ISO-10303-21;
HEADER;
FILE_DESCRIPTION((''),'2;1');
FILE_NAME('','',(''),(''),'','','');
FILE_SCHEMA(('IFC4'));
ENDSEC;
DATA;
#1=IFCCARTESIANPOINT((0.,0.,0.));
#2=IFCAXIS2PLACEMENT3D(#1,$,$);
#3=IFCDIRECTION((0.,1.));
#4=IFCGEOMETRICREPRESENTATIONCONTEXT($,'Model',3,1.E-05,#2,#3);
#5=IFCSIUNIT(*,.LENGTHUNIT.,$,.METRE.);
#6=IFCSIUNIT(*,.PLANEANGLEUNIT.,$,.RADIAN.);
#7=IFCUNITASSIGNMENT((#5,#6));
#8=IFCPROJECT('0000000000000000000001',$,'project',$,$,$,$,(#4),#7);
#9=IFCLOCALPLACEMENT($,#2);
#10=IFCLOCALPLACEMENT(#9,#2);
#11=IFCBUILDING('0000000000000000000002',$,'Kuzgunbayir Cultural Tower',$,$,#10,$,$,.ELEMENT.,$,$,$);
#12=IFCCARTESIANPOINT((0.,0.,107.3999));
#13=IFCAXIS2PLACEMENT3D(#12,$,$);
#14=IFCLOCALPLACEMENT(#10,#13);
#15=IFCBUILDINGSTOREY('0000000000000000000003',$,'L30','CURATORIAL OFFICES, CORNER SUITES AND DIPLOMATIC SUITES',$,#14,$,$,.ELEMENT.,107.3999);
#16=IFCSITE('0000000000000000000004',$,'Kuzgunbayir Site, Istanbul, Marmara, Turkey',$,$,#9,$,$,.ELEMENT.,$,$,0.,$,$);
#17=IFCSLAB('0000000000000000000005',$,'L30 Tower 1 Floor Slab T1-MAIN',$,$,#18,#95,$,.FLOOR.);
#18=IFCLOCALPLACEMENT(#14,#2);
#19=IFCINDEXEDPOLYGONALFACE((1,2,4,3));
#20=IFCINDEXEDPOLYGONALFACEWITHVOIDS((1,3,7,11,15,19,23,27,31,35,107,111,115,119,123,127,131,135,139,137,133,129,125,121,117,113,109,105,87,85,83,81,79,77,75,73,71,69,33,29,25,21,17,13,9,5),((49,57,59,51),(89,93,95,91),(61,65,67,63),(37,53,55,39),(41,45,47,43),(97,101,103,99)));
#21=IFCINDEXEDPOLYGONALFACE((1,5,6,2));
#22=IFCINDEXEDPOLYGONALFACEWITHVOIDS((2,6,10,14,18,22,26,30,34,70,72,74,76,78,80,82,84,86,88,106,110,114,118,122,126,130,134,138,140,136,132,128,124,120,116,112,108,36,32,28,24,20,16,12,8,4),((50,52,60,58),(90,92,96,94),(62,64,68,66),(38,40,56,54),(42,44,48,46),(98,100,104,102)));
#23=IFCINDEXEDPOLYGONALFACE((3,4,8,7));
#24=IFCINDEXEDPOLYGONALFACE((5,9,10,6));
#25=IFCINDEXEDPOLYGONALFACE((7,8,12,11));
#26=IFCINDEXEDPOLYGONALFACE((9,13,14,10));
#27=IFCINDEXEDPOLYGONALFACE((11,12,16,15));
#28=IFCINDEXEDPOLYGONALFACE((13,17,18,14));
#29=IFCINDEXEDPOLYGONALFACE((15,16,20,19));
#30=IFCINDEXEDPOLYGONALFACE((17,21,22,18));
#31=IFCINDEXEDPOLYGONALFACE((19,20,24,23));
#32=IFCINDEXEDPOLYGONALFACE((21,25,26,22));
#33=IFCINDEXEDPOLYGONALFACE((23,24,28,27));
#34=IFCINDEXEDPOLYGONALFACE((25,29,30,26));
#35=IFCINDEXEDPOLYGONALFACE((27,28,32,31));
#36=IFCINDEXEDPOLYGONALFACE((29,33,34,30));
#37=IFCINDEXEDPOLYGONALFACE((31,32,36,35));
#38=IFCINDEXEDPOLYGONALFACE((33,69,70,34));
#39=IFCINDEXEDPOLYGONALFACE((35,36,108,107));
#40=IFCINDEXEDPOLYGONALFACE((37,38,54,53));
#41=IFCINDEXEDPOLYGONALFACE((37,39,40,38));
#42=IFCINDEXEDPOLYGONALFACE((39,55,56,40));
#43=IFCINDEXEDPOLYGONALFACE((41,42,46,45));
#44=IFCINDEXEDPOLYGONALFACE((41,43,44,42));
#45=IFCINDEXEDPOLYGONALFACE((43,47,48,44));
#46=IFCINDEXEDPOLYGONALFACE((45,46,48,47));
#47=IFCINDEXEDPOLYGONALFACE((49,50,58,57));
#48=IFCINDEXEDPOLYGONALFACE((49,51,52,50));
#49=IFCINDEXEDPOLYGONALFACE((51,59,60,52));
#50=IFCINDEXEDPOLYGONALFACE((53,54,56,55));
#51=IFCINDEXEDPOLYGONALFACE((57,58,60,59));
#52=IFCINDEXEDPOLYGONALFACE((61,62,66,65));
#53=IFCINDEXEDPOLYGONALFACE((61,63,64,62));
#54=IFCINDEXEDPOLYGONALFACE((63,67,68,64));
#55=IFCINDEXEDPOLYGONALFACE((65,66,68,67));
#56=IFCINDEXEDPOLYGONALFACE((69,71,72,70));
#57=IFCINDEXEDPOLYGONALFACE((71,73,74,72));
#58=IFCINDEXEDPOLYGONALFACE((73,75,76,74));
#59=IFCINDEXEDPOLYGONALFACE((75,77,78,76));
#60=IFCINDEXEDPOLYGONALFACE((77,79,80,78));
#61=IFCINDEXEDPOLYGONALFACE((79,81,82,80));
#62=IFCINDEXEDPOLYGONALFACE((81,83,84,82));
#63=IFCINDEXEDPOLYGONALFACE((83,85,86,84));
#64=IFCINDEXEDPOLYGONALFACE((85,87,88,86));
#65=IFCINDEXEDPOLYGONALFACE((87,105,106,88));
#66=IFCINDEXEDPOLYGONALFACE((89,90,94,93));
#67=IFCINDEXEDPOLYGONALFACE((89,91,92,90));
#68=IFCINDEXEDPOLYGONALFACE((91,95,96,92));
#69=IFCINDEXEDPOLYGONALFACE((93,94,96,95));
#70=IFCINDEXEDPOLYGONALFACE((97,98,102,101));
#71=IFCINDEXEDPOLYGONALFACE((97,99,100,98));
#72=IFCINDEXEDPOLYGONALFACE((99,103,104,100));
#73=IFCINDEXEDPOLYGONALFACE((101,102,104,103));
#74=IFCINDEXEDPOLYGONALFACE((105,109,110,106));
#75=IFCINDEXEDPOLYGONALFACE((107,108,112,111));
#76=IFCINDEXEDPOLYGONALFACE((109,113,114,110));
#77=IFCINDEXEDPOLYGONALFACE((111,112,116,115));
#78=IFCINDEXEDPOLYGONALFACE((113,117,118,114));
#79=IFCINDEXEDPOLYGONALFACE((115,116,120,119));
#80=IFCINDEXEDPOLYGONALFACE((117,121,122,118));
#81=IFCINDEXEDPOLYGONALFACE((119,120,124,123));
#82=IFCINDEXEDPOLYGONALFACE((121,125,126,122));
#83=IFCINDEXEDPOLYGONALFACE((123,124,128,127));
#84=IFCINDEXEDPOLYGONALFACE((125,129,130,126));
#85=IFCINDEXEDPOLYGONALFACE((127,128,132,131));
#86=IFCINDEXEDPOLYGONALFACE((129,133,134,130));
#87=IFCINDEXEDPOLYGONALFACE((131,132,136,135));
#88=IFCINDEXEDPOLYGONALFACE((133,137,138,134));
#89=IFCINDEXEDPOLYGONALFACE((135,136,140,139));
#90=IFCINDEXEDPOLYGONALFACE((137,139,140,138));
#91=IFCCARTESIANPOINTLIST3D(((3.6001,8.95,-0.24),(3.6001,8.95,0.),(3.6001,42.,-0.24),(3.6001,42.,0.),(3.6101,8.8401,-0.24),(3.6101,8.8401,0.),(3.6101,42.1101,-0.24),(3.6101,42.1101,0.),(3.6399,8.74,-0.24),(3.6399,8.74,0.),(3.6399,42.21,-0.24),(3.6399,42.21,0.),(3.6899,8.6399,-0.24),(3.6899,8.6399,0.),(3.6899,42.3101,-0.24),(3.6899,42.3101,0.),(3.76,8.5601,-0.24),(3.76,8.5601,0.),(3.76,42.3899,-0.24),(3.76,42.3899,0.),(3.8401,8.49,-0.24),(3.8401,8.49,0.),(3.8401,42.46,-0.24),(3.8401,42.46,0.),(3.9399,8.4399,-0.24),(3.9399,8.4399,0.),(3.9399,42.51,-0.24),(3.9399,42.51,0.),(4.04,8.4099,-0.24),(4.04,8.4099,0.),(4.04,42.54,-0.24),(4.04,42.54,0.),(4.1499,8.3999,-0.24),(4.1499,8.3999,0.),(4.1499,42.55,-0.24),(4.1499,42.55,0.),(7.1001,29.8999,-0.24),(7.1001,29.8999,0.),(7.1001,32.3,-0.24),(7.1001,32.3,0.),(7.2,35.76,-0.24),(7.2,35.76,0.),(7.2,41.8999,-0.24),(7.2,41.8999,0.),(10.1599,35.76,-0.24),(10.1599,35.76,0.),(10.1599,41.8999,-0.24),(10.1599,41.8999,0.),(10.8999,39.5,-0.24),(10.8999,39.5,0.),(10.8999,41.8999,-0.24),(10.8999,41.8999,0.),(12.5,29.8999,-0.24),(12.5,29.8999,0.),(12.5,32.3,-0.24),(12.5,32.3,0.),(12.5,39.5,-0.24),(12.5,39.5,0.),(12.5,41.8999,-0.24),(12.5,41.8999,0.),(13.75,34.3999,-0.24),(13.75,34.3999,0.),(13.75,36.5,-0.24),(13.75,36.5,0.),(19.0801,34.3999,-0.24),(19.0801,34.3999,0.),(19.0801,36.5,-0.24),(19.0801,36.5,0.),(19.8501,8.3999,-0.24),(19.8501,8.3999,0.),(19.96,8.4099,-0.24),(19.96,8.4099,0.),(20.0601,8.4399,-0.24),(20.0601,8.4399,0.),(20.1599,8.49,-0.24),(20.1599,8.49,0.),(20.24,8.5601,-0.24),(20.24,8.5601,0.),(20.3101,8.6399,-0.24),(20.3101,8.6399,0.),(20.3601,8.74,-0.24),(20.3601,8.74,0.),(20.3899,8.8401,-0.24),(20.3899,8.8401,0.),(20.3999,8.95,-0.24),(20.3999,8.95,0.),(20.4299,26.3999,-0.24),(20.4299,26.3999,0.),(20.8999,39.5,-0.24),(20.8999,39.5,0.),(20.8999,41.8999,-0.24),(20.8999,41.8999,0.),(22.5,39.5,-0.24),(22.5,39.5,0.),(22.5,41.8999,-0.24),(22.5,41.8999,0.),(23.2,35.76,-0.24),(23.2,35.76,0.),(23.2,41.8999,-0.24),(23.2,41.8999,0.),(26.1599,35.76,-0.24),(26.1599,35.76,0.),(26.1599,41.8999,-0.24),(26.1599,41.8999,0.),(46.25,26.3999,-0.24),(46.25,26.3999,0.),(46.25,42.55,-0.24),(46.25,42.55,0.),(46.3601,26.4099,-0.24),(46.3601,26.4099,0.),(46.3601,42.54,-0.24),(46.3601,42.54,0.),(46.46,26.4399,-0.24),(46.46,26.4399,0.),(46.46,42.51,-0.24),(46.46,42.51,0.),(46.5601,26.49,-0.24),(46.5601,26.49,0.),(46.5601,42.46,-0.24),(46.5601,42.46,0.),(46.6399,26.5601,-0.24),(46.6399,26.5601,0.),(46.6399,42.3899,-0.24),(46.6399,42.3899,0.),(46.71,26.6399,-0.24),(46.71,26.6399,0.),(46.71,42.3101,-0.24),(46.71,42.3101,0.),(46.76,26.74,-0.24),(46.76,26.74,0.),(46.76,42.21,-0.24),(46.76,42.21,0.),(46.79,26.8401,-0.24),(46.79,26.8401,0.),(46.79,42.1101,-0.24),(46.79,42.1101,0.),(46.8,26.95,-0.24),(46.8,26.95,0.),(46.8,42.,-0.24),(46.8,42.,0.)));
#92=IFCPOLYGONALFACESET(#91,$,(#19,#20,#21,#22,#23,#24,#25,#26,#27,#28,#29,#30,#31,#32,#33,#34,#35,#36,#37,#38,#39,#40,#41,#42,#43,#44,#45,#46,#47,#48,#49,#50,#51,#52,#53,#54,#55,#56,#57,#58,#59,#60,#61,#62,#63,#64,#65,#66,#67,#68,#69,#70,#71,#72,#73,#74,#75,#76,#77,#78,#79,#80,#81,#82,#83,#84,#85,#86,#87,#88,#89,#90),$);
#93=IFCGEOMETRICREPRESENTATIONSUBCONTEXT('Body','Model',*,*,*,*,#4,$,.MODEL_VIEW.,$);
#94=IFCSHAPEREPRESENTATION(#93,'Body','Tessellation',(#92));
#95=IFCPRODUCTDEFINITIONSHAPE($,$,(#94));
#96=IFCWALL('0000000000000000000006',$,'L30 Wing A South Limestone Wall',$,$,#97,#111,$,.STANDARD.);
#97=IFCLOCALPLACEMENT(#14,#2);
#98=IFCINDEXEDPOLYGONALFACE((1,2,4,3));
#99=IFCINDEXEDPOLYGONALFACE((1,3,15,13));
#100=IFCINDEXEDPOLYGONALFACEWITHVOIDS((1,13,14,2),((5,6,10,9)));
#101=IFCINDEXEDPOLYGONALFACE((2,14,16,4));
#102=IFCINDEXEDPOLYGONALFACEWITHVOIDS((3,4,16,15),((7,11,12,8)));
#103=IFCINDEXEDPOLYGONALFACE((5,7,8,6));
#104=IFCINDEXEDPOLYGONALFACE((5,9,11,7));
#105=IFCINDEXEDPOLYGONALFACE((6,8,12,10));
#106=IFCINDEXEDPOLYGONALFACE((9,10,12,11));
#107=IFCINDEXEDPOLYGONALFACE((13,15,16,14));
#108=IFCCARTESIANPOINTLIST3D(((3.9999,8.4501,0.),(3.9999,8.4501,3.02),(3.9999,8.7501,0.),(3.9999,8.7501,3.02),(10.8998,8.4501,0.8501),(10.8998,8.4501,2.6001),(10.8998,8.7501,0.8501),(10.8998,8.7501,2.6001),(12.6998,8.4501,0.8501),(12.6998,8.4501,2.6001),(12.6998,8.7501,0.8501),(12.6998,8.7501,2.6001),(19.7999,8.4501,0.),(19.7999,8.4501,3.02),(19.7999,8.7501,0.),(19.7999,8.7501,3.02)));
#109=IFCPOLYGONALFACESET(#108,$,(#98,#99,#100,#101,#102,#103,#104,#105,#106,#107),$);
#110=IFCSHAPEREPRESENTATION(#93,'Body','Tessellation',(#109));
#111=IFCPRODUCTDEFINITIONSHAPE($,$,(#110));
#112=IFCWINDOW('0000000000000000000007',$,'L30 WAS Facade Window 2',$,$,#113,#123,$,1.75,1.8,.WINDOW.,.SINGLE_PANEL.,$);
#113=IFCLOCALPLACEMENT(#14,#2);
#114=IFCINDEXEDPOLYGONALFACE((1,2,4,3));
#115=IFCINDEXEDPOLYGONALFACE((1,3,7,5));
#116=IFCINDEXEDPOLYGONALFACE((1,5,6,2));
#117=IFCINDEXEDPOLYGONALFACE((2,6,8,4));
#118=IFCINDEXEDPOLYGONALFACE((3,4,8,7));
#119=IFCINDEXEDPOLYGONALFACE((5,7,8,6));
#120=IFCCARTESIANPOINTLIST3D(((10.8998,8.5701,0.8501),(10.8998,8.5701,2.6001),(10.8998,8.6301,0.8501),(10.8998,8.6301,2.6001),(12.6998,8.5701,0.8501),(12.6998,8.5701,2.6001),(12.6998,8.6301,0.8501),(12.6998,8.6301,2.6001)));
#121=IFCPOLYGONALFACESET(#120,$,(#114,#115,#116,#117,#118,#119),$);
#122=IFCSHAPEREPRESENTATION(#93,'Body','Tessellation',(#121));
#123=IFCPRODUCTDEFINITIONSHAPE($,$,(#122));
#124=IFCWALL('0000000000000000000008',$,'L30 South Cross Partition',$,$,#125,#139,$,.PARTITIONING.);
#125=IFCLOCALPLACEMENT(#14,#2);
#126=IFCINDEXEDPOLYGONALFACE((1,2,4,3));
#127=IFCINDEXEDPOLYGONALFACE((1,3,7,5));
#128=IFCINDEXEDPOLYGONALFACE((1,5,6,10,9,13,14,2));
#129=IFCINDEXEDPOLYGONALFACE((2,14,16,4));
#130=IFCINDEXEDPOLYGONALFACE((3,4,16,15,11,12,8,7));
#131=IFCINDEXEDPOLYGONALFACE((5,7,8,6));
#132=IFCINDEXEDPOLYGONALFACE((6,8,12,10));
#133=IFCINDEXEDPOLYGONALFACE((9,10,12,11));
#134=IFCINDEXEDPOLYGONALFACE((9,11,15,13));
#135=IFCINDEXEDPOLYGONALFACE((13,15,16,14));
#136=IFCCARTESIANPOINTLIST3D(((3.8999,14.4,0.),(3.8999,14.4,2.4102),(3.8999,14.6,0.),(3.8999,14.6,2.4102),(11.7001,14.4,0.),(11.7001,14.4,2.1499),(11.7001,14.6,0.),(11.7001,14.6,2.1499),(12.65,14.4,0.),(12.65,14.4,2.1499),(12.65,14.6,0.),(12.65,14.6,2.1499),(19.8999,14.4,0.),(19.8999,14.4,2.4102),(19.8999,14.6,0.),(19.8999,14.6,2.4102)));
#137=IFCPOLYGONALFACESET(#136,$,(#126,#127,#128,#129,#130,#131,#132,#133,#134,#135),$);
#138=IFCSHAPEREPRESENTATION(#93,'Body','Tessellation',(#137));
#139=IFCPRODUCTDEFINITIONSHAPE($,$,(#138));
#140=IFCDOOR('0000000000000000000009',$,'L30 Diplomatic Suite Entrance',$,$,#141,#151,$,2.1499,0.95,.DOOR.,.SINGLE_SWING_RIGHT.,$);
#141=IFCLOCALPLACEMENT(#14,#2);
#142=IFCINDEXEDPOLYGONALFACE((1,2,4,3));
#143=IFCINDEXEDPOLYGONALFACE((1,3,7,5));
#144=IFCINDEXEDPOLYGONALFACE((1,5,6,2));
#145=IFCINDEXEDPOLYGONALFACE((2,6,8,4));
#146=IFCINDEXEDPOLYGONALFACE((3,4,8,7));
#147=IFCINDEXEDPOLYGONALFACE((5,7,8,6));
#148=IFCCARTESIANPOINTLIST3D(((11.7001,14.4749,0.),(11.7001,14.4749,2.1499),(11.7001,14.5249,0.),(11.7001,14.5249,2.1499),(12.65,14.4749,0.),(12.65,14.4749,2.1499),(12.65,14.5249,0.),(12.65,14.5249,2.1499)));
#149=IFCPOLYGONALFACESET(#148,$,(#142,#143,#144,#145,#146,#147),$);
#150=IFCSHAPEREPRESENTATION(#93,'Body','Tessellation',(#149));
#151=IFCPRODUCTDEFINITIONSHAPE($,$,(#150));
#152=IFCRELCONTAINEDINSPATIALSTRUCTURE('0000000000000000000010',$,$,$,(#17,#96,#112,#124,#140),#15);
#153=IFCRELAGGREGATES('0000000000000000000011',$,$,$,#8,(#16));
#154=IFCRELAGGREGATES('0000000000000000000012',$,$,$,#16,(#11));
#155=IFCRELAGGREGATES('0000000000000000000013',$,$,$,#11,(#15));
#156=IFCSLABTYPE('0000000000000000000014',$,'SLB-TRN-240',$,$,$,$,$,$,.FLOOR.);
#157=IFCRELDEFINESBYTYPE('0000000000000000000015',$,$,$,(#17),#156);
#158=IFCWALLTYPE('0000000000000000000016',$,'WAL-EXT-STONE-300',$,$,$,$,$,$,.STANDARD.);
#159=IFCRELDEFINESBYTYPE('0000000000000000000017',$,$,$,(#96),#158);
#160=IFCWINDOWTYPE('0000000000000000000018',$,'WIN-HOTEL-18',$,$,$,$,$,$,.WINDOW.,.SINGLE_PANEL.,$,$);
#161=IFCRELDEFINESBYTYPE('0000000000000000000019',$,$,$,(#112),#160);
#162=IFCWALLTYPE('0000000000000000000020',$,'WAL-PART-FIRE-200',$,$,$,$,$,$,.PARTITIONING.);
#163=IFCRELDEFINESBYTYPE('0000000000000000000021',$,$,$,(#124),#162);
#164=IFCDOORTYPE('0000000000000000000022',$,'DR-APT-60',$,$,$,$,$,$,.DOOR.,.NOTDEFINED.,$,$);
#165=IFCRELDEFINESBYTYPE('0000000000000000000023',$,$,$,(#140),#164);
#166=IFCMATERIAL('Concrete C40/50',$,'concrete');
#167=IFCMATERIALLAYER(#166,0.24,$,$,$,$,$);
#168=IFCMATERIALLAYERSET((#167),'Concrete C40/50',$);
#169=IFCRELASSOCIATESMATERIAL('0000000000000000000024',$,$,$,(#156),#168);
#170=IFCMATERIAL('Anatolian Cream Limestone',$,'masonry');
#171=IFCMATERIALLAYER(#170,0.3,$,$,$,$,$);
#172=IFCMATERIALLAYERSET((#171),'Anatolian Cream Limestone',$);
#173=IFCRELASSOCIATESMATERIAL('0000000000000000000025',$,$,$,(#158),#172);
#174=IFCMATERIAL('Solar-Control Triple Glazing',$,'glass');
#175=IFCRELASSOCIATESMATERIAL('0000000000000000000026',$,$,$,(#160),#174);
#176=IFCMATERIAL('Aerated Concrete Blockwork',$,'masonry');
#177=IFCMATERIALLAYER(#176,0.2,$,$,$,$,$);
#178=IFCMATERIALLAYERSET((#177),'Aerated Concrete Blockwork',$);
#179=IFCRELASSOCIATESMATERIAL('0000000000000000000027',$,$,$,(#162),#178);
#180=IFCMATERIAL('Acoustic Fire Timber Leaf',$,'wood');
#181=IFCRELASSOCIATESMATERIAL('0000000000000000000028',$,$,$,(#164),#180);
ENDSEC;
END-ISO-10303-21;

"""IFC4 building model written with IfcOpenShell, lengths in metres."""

from ifc_helpers import new_model, si_unit, direction, frame, frame_2d, origin, place, context, subcontext, project, spatial, polyline, rectangle, outline, extrude, material, layer, layer_set, type_object, element, fill, save


model = new_model("IFC4")

# Units and contexts
model_context = context("Model", 3, precision=1e-05, world=origin(), true_north=direction((0.0, 1.0)))
body_context = subcontext(model_context, "Body", "Model", "MODEL_VIEW")
ifc_project = project(units=[si_unit("LENGTHUNIT", "METRE"), si_unit("PLANEANGLEUNIT", "RADIAN")], contexts=[model_context])

# Site, building, storey
site_placement = place(None, origin())
site = spatial("IfcSite", under=ifc_project, at=site_placement, Name="Kuzgunbayir Site, Istanbul, Marmara, Turkey", CompositionType="ELEMENT", RefElevation=0.0)
building_placement = place(site_placement, origin())
building = spatial("IfcBuilding", under=site, at=building_placement, Name="Kuzgunbayir Cultural Tower", CompositionType="ELEMENT")
storey_placement = place(building_placement, frame((0.0, 0.0, 107.3999)))
storey = spatial("IfcBuildingStorey", under=building, at=storey_placement, Name="L30", Description="CURATORIAL OFFICES, CORNER SUITES AND DIPLOMATIC SUITES", CompositionType="ELEMENT", Elevation=107.3999)

# Shared definitions
ifc_material_1 = material(Name="Concrete C40/50", Category="concrete")

# Shared definitions
ifc_material_2 = material(Name="Solar-Control Triple Glazing", Category="glass")

# Slab
ifc_layer_1 = layer(ifc_material_1, 0.24)
ifc_layer_set_1 = layer_set([ifc_layer_1], Name="Concrete C40/50")
slab_type_1 = type_object("IfcSlabType", Name="SLB-TRN-240", PredefinedType="FLOOR", material=ifc_layer_set_1)
slab_1_placement = place(storey_placement, frame((0.0, 0.0, -0.24)))
element("IfcSlab", 1, at=slab_1_placement, inside=storey, type_object=slab_type_1, Name="L30 Tower 1 Floor Slab T1-MAIN", PredefinedType="FLOOR", context=body_context, shape_type="SweptSolid", body=[
    extrude(outline(polyline([(20.3999, 8.95), (20.3899, 8.8401), (20.3601, 8.74), (20.3101, 8.6399), (20.24, 8.5601), (20.1599, 8.49), (20.0601, 8.4399), (19.96, 8.4099), (19.8501, 8.3999), (4.1499, 8.3999), (4.04, 8.4099), (3.9399, 8.4399), (3.8401, 8.49), (3.76, 8.5601), (3.6899, 8.6399), (3.6399, 8.74), (3.6101, 8.8401), (3.6001, 8.95), (3.6001, 42.0), (3.6101, 42.1101), (3.6399, 42.21), (3.6899, 42.3101), (3.76, 42.3899), (3.8401, 42.46), (3.9399, 42.51), (4.04, 42.54), (4.1499, 42.55), (46.25, 42.55), (46.3601, 42.54), (46.46, 42.51), (46.5601, 42.46), (46.6399, 42.3899), (46.71, 42.3101), (46.76, 42.21), (46.79, 42.1101), (46.8, 42.0), (46.8, 26.95), (46.79, 26.8401), (46.76, 26.74), (46.71, 26.6399), (46.6399, 26.5601), (46.5601, 26.49), (46.46, 26.4399), (46.3601, 26.4099), (46.25, 26.3999), (20.4299, 26.3999), (20.3999, 8.95)]), holes=[polyline([(7.2, 35.76), (7.2, 41.8999), (10.1599, 41.8999), (10.1599, 35.76), (7.2, 35.76)]), polyline([(23.2, 35.76), (23.2, 41.8999), (26.1599, 41.8999), (26.1599, 35.76), (23.2, 35.76)]), polyline([(13.75, 34.3999), (13.75, 36.5), (19.0801, 36.5), (19.0801, 34.3999), (13.75, 34.3999)]), polyline([(7.1001, 29.8999), (7.1001, 32.3), (12.5, 32.3), (12.5, 29.8999), (7.1001, 29.8999)]), polyline([(10.8999, 39.5), (10.8999, 41.8999), (12.5, 41.8999), (12.5, 39.5), (10.8999, 39.5)]), polyline([(20.8999, 39.5), (20.8999, 41.8999), (22.5, 41.8999), (22.5, 39.5), (20.8999, 39.5)])]), origin(), (0.0, 0.0, 1.0), 0.24),
])

# Wall, opening, window
ifc_material_3 = material(Name="Anatolian Cream Limestone", Category="masonry")
ifc_layer_2 = layer(ifc_material_3, 0.3)
ifc_layer_set_2 = layer_set([ifc_layer_2], Name="Anatolian Cream Limestone")
wall_type_1 = type_object("IfcWallType", Name="WAL-EXT-STONE-300", PredefinedType="STANDARD", material=ifc_layer_set_2)
wall_1_placement = place(storey_placement, frame((4.0, 8.6001, 0.0), z_axis=(0.0, 0.0, 1.0), x_axis=(1.0, 0.0, 0.0)))
wall_1 = element("IfcWall", 2, at=wall_1_placement, inside=storey, type_object=wall_type_1, Name="L30 Wing A South Limestone Wall", PredefinedType="STANDARD", context=body_context, shape_type="SweptSolid", body=[
    extrude(rectangle(XDim=15.8, YDim=0.3, at=frame_2d((7.8999, 0.0))), origin(), (0.0, 0.0, 1.0), 3.02),
])
opening_1_placement = place(wall_1_placement, frame((6.8999, 0.0, 0.8501)))
opening_1 = element("IfcOpeningElement", 3, at=opening_1_placement, cuts=wall_1, PredefinedType="OPENING", context=body_context, shape_type="SweptSolid", body=[
    extrude(rectangle(XDim=1.8, YDim=1.75, at=frame_2d((0.8999, 0.875))), frame((0.0, 0.1602, 0.0), z_axis=(0.0, -1.0, 0.0), x_axis=(1.0, 0.0, 0.0)), (0.0, 0.0, 1.0), 0.3201),
])
window_type_1 = type_object("IfcWindowType", Name="WIN-HOTEL-18", PartitioningType="SINGLE_PANEL", PredefinedType="WINDOW", material=ifc_material_2)
window_1_placement = place(opening_1_placement, origin())
window_1 = element("IfcWindow", 4, at=window_1_placement, inside=storey, type_object=window_type_1, Name="L30 WAS Facade Window 2", OverallHeight=1.75, OverallWidth=1.8, PartitioningType="SINGLE_PANEL", PredefinedType="WINDOW", context=body_context, shape_type="SweptSolid", body=[
    extrude(rectangle(XDim=1.8, YDim=1.75, at=frame_2d((0.8999, 0.875))), frame((0.0, 0.03, 0.0), z_axis=(0.0, -1.0, 0.0), x_axis=(1.0, 0.0, 0.0)), (0.0, 0.0, 1.0), 0.0601),
])
fill(opening_1, window_1)

# Wall, opening, door
ifc_material_4 = material(Name="Aerated Concrete Blockwork", Category="masonry")
ifc_layer_3 = layer(ifc_material_4, 0.2)
ifc_layer_set_3 = layer_set([ifc_layer_3], Name="Aerated Concrete Blockwork")
wall_type_2 = type_object("IfcWallType", Name="WAL-PART-FIRE-200", PredefinedType="PARTITIONING", material=ifc_layer_set_3)
wall_2_placement = place(storey_placement, frame((3.8999, 14.5, 0.0), z_axis=(0.0, 0.0, 1.0), x_axis=(1.0, 0.0, 0.0)))
wall_2 = element("IfcWall", 5, at=wall_2_placement, inside=storey, type_object=wall_type_2, Name="L30 South Cross Partition", PredefinedType="PARTITIONING", context=body_context, shape_type="SweptSolid", body=[
    extrude(rectangle(XDim=16.0, YDim=0.2, at=frame_2d((8.0, 0.0))), origin(), (0.0, 0.0, 1.0), 2.4102),
])
opening_2_placement = place(wall_2_placement, frame((7.8, 0.0, 0.0)))
opening_2 = element("IfcOpeningElement", 6, at=opening_2_placement, cuts=wall_2, PredefinedType="OPENING", context=body_context, shape_type="SweptSolid", body=[
    extrude(rectangle(XDim=0.95, YDim=2.1499, at=frame_2d((0.4751, 1.075))), frame((0.0, 0.1099, 0.0), z_axis=(0.0, -1.0, 0.0), x_axis=(1.0, 0.0, 0.0)), (0.0, 0.0, 1.0), 0.22),
])
ifc_material_5 = material(Name="Acoustic Fire Timber Leaf", Category="wood")
door_type_1 = type_object("IfcDoorType", Name="DR-APT-60", OperationType="NOTDEFINED", PredefinedType="DOOR", material=ifc_material_5)
door_1_placement = place(opening_2_placement, origin())
door_1 = element("IfcDoor", 7, at=door_1_placement, inside=storey, type_object=door_type_1, Name="L30 Diplomatic Suite Entrance", OperationType="SINGLE_SWING_RIGHT", OverallHeight=2.1499, OverallWidth=0.95, PredefinedType="DOOR", context=body_context, shape_type="SweptSolid", body=[
    extrude(rectangle(XDim=0.95, YDim=2.1499, at=frame_2d((0.4751, 1.075))), frame((0.0, 0.0249, 0.0), z_axis=(0.0, -1.0, 0.0), x_axis=(1.0, 0.0, 0.0)), (0.0, 0.0, 1.0), 0.05),
])
fill(opening_2, door_1)

save(model, "model.ifc")
